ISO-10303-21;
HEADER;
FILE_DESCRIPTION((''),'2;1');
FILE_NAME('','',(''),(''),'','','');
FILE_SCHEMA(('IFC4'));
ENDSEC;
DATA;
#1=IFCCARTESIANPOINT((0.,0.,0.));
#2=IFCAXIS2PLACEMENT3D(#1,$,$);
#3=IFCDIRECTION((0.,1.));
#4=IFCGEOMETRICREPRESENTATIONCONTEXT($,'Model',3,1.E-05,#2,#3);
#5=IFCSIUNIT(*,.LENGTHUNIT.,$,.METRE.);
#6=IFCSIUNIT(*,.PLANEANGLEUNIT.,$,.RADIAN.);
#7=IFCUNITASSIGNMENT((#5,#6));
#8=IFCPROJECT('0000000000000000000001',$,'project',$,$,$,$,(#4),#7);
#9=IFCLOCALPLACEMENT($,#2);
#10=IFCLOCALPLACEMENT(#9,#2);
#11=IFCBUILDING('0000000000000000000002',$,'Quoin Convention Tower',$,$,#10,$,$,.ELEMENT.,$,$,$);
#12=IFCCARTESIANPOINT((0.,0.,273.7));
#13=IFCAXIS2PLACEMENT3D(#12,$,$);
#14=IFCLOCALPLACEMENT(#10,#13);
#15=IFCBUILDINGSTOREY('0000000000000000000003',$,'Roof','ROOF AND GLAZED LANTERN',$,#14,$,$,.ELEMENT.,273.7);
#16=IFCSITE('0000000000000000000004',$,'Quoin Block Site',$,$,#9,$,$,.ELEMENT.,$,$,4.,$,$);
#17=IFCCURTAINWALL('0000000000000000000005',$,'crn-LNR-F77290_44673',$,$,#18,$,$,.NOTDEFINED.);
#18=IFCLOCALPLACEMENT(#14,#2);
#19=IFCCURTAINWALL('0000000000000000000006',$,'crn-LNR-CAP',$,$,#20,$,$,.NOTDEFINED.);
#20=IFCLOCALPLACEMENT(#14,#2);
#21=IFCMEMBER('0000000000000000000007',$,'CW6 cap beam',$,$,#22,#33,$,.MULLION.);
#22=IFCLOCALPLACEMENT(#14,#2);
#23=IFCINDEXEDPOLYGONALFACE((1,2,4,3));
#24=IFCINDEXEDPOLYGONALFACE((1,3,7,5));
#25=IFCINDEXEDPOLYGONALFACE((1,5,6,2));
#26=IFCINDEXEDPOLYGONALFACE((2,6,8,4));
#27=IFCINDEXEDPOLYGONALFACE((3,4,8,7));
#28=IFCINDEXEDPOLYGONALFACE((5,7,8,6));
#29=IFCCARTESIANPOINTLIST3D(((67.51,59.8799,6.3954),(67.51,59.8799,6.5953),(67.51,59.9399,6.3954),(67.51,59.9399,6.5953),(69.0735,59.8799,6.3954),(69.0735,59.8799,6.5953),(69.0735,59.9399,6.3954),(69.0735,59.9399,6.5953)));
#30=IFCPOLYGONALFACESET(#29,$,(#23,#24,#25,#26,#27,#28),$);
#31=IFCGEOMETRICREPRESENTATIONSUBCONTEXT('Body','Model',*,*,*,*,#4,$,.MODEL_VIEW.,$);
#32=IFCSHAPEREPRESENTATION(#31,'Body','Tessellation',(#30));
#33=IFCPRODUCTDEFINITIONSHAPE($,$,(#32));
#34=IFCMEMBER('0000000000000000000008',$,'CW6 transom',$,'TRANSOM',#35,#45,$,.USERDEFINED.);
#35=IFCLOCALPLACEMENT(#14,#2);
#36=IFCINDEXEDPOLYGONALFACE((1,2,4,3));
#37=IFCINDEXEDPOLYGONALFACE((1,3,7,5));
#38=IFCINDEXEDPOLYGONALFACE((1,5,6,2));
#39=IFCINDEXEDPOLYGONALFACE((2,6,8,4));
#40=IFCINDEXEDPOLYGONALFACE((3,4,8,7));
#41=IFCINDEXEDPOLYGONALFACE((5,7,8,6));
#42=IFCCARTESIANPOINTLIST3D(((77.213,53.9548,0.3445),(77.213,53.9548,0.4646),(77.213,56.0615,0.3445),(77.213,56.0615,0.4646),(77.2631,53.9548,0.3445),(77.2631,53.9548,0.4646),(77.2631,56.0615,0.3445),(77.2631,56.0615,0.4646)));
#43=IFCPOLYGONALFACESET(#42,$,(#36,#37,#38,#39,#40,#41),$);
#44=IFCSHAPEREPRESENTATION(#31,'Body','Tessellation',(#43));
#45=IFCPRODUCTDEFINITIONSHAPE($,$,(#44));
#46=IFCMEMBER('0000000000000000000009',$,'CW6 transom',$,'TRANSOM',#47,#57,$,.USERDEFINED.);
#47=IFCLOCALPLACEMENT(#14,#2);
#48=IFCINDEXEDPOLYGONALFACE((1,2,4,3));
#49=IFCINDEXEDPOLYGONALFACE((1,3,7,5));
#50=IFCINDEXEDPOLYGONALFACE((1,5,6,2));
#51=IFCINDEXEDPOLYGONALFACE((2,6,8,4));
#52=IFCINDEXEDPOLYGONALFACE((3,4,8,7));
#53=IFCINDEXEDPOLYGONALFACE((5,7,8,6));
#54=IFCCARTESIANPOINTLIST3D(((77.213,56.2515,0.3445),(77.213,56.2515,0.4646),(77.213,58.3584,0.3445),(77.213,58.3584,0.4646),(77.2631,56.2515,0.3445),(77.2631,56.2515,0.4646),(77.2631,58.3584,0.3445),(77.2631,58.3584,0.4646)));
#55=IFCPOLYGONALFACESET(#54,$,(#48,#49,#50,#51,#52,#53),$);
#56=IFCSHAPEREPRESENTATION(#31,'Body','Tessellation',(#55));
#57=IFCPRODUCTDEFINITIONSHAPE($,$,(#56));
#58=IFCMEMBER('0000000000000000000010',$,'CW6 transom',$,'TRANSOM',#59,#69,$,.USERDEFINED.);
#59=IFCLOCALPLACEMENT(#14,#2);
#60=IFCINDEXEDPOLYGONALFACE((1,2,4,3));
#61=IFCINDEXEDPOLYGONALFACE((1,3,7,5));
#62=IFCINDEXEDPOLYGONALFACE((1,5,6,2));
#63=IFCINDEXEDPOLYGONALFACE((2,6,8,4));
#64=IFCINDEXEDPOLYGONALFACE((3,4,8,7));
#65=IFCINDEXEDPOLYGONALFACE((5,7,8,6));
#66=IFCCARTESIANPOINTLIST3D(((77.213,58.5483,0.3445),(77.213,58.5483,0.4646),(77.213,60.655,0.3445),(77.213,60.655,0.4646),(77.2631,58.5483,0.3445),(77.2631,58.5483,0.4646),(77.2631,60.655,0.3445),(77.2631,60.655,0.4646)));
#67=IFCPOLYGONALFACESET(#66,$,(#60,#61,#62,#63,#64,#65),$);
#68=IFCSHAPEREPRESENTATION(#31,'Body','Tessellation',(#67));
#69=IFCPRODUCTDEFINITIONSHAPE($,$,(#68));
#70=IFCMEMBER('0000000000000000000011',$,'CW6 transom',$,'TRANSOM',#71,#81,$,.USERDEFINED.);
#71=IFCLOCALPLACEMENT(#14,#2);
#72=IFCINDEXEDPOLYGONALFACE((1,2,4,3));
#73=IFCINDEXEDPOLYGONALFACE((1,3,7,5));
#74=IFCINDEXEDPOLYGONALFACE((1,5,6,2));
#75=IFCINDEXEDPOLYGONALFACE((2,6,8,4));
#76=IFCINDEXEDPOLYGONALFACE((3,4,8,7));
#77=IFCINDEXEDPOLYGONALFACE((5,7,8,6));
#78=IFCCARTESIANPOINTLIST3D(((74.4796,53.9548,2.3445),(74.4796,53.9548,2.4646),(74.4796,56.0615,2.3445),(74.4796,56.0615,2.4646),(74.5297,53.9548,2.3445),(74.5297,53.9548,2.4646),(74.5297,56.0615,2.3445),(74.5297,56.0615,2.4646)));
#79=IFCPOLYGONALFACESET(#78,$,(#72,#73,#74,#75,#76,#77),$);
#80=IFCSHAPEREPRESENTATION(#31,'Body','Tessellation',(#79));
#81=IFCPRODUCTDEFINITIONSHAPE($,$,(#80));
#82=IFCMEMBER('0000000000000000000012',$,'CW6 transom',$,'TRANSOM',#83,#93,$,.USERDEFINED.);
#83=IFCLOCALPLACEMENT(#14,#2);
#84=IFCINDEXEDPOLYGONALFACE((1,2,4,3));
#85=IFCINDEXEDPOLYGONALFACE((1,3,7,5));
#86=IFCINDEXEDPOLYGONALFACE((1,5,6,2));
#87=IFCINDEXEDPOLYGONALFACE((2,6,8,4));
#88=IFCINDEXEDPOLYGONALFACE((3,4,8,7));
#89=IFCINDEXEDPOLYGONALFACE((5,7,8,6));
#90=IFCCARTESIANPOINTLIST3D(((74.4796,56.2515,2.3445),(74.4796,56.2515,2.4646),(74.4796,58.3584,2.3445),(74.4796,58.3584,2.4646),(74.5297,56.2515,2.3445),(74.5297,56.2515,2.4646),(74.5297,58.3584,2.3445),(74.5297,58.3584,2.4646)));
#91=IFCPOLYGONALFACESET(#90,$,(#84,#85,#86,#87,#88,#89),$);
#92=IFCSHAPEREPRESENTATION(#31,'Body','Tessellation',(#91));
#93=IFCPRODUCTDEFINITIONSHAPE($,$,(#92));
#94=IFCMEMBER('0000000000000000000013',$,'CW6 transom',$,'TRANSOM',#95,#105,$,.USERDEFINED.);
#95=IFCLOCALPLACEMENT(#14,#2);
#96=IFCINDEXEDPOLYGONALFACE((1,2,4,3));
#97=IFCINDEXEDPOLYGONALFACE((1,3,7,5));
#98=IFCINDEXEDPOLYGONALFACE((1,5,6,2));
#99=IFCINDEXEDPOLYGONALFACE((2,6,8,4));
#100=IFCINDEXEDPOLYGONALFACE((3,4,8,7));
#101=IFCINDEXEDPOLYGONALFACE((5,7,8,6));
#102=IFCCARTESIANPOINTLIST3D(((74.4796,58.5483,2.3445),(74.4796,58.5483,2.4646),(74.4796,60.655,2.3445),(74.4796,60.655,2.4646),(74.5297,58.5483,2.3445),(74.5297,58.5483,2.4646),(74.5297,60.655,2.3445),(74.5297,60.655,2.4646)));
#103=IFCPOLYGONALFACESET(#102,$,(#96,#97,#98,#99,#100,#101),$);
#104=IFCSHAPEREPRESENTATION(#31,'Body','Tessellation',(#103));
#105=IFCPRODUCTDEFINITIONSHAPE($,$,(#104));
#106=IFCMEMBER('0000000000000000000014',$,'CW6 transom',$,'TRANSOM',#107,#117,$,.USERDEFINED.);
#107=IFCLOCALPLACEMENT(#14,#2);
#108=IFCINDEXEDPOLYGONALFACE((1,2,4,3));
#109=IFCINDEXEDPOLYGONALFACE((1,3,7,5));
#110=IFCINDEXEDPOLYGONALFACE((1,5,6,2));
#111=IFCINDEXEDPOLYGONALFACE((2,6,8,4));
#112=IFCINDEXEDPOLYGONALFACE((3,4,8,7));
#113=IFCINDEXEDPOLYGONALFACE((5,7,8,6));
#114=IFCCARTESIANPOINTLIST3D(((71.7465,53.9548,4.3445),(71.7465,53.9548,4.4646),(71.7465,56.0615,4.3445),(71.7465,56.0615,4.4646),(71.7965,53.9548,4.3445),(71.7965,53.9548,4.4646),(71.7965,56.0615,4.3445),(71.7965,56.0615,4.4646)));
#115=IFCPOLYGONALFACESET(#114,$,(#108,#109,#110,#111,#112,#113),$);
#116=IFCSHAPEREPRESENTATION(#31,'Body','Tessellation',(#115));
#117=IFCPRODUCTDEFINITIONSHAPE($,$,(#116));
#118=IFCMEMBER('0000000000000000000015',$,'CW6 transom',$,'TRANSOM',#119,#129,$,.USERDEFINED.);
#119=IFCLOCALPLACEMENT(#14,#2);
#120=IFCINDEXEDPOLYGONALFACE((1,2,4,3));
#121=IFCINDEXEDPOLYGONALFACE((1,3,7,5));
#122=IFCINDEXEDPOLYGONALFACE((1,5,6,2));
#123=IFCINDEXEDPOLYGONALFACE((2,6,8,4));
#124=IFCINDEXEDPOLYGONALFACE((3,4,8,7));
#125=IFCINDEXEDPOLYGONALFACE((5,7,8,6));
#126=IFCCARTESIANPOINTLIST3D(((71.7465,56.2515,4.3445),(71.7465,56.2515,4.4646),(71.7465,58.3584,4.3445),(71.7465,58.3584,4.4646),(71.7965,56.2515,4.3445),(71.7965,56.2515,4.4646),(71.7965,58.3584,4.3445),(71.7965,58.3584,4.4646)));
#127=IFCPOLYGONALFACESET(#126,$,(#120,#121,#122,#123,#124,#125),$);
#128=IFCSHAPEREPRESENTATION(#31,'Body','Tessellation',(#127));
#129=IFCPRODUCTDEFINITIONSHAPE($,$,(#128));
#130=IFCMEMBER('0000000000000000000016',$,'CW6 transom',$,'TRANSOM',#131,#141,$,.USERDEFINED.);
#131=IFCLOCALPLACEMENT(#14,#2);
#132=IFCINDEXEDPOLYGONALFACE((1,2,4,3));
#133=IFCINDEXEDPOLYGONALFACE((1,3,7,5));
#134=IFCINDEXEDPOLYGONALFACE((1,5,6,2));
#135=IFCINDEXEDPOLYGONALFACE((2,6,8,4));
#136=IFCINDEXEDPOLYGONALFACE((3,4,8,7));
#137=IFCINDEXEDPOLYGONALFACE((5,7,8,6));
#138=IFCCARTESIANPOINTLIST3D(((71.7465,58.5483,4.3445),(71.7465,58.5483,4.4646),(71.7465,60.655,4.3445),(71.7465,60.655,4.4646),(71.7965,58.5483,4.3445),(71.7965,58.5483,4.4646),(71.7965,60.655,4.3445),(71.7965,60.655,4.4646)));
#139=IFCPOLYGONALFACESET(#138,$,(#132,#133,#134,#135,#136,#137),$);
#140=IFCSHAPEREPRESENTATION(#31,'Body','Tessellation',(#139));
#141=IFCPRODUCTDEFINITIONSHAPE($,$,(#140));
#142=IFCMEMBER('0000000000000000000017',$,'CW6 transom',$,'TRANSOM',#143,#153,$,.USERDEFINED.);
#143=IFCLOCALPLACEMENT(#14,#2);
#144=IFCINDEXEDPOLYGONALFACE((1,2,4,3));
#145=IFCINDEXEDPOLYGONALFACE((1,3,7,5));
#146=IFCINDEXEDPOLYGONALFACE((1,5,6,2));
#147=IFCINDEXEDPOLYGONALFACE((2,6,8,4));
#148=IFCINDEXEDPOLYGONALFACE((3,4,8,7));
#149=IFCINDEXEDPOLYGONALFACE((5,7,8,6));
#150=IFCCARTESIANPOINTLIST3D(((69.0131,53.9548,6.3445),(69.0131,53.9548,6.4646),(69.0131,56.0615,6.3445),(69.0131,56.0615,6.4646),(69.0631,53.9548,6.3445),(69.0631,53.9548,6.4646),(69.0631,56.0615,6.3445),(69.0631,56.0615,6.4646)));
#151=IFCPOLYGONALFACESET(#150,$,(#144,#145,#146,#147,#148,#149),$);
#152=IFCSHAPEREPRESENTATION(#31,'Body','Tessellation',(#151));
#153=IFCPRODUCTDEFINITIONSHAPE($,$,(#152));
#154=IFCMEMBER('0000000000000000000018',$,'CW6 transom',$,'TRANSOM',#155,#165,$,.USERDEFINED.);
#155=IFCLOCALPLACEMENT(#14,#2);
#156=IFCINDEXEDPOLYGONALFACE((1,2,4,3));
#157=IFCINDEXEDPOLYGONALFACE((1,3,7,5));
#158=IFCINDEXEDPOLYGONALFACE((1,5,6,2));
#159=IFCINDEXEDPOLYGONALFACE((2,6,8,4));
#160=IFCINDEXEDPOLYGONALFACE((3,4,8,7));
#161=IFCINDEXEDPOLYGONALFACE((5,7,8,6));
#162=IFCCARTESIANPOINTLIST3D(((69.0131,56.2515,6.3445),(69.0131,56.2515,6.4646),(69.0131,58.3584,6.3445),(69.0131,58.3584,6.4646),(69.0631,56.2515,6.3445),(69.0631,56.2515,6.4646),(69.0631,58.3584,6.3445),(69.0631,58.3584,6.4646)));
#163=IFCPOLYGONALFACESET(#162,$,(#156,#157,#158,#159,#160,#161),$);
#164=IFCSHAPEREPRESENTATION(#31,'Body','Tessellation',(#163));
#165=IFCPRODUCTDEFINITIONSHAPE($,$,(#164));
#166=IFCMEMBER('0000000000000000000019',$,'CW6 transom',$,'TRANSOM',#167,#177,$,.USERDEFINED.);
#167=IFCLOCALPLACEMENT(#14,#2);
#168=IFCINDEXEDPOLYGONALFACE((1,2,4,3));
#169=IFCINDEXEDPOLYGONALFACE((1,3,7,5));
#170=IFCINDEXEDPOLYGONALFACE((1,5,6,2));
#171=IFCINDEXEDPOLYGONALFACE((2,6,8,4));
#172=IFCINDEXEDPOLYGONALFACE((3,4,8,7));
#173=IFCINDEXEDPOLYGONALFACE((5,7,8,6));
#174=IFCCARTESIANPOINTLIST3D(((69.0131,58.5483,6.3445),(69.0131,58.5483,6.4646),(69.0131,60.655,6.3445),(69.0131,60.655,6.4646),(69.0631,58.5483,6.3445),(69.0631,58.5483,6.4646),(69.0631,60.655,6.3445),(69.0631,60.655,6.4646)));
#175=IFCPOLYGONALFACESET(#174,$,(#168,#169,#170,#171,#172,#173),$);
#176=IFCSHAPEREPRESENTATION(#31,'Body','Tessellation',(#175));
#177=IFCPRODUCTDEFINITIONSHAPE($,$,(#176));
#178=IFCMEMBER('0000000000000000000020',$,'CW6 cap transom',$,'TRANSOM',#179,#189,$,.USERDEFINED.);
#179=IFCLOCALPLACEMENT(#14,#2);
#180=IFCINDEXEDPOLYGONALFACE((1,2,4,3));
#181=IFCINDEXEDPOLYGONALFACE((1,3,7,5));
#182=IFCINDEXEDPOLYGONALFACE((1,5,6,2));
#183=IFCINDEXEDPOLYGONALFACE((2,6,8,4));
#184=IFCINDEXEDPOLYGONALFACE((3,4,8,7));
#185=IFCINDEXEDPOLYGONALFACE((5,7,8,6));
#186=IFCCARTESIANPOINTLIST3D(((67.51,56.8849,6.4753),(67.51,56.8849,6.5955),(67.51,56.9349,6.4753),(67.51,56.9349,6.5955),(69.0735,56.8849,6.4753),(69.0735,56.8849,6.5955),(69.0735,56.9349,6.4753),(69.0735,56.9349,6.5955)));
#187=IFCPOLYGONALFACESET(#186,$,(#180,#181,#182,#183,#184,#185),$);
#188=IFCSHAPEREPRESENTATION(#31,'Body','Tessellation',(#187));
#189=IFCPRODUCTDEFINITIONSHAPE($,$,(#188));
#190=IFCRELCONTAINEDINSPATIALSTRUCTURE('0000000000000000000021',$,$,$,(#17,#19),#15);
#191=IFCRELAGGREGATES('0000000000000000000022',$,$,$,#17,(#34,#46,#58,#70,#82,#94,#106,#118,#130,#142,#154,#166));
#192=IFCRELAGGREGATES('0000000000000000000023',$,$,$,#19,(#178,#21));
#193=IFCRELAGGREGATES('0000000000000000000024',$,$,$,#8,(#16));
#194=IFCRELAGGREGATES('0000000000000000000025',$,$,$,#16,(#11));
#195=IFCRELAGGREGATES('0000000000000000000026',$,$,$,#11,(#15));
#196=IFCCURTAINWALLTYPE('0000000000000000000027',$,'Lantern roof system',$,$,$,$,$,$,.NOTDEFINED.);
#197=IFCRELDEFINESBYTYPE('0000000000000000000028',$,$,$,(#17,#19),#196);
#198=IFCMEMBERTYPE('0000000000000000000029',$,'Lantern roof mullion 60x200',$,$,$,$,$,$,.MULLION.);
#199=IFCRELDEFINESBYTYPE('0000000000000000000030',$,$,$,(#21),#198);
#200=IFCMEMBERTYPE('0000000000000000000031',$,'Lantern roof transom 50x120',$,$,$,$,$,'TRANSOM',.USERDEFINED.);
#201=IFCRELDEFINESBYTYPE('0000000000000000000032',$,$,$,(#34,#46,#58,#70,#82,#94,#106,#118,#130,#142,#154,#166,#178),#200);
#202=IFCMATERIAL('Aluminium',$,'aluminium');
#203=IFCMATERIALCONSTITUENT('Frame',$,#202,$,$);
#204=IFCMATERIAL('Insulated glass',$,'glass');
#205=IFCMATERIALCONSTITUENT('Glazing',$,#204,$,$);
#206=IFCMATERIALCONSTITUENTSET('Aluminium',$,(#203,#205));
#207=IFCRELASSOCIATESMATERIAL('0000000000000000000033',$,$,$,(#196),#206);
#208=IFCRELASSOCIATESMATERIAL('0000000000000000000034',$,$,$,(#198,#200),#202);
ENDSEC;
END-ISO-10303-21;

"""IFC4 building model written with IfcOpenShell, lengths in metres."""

from ifc_helpers import new_model, si_unit, direction, frame, origin, origin_2d, place, context, subcontext, project, spatial, rectangle, extrude, material, constituent, constituent_set, material_profile, profile_set, type_object, element, aggregate, save


model = new_model("IFC4")

# Units and contexts
model_context = context("Model", 3, precision=1e-05, world=origin(), true_north=direction((0.0, 1.0)))
body_context = subcontext(model_context, "Body", "Model", "MODEL_VIEW")
ifc_project = project(units=[si_unit("LENGTHUNIT", "METRE"), si_unit("PLANEANGLEUNIT", "RADIAN")], contexts=[model_context])

# Site, building, storey
site_placement = place(None, origin())
site = spatial("IfcSite", under=ifc_project, at=site_placement, Name="Quoin Block Site", CompositionType="ELEMENT", RefElevation=4.0)
building_placement = place(site_placement, origin())
building = spatial("IfcBuilding", under=site, at=building_placement, Name="Quoin Convention Tower", CompositionType="ELEMENT")
storey_placement = place(building_placement, frame((0.0, 0.0, 273.7)))
storey = spatial("IfcBuildingStorey", under=building, at=storey_placement, Name="Roof", Description="ROOF AND GLAZED LANTERN", CompositionType="ELEMENT", Elevation=273.7)

# Curtain wall
ifc_material_1 = material(Name="Aluminium", Category="aluminium")
ifc_constituent_1 = constituent(ifc_material_1, Name="Frame")
ifc_material_2 = material(Name="Insulated glass", Category="glass")
ifc_constituent_2 = constituent(ifc_material_2, Name="Glazing")
ifc_constituent_set = constituent_set(constituents=[ifc_constituent_1, ifc_constituent_2], Name="Aluminium")
curtain_wall_type = type_object("IfcCurtainWallType", Name="Lantern roof system", PredefinedType="NOTDEFINED", material=ifc_constituent_set)
curtain_wall_1_placement = place(storey_placement, origin())
curtain_wall_1 = element("IfcCurtainWall", 1, at=curtain_wall_1_placement, inside=storey, type_object=curtain_wall_type, Name="crn-LNR-F77290_44673", PredefinedType="NOTDEFINED")

# Curtain wall, member
curtain_wall_2_placement = place(storey_placement, origin())
curtain_wall_2 = element("IfcCurtainWall", 2, at=curtain_wall_2_placement, inside=storey, type_object=curtain_wall_type, Name="crn-LNR-CAP", PredefinedType="NOTDEFINED")
ifc_material_profile_1 = material_profile(ifc_material_1, rectangle(XDim=0.2, YDim=0.0601, at=origin_2d()), Name="Lantern roof mullion 60x200")
ifc_profile_set_1 = profile_set([ifc_material_profile_1], Name="Aluminium")
member_type_1 = type_object("IfcMemberType", Name="Lantern roof mullion 60x200", PredefinedType="MULLION", material=ifc_profile_set_1)
member_1_placement = place(storey_placement, frame((67.51, 59.9099, 6.4954), z_axis=(1.0, 0.0, 0.0), x_axis=(0.0, 0.0, 1.0)))
member_1 = element("IfcMember", 3, at=member_1_placement, type_object=member_type_1, Name="CW6 cap beam", PredefinedType="MULLION", context=body_context, shape_type="SweptSolid", body=[
    extrude(rectangle(XDim=0.2, YDim=0.0601, at=origin_2d()), origin(), (0.0, 0.0, 1.0), 1.5635),
])

# Members
ifc_material_profile_2 = material_profile(ifc_material_1, rectangle(XDim=0.1201, YDim=0.05, at=origin_2d()), Name="Lantern roof transom 50x120")
ifc_profile_set_2 = profile_set([ifc_material_profile_2], Name="Aluminium")
member_type_2 = type_object("IfcMemberType", Name="Lantern roof transom 50x120", ElementType="TRANSOM", PredefinedType="USERDEFINED", material=ifc_profile_set_2)
member_2_placement = place(storey_placement, frame((77.238, 53.9548, 0.4045), z_axis=(0.0, 1.0, 0.0), x_axis=(0.0, 0.0, 1.0)))
member_2 = element("IfcMember", 4, at=member_2_placement, type_object=member_type_2, Name="CW6 transom", ObjectType="TRANSOM", PredefinedType="USERDEFINED", context=body_context, shape_type="SweptSolid", body=[
    extrude(rectangle(XDim=0.1201, YDim=0.05, at=origin_2d()), origin(), (0.0, 0.0, 1.0), 2.1067),
])
member_3_placement = place(storey_placement, frame((77.238, 56.2515, 0.4045), z_axis=(0.0, 1.0, 0.0), x_axis=(0.0, 0.0, 1.0)))
member_3 = element("IfcMember", 5, at=member_3_placement, type_object=member_type_2, Name="CW6 transom", ObjectType="TRANSOM", PredefinedType="USERDEFINED", context=body_context, shape_type="SweptSolid", body=[
    extrude(rectangle(XDim=0.1201, YDim=0.05, at=origin_2d()), origin(), (0.0, 0.0, 1.0), 2.1069),
])
member_4_placement = place(storey_placement, frame((77.238, 58.5483, 0.4045), z_axis=(0.0, 1.0, 0.0), x_axis=(0.0, 0.0, 1.0)))
member_4 = element("IfcMember", 6, at=member_4_placement, type_object=member_type_2, Name="CW6 transom", ObjectType="TRANSOM", PredefinedType="USERDEFINED", context=body_context, shape_type="SweptSolid", body=[
    extrude(rectangle(XDim=0.1201, YDim=0.05, at=origin_2d()), origin(), (0.0, 0.0, 1.0), 2.1067),
])
member_5_placement = place(storey_placement, frame((74.5046, 53.9548, 2.4045), z_axis=(0.0, 1.0, 0.0), x_axis=(0.0, 0.0, 1.0)))
member_5 = element("IfcMember", 7, at=member_5_placement, type_object=member_type_2, Name="CW6 transom", ObjectType="TRANSOM", PredefinedType="USERDEFINED", context=body_context, shape_type="SweptSolid", body=[
    extrude(rectangle(XDim=0.1201, YDim=0.05, at=origin_2d()), origin(), (0.0, 0.0, 1.0), 2.1067),
])
member_6_placement = place(storey_placement, frame((74.5046, 56.2515, 2.4045), z_axis=(0.0, 1.0, 0.0), x_axis=(0.0, 0.0, 1.0)))
member_6 = element("IfcMember", 8, at=member_6_placement, type_object=member_type_2, Name="CW6 transom", ObjectType="TRANSOM", PredefinedType="USERDEFINED", context=body_context, shape_type="SweptSolid", body=[
    extrude(rectangle(XDim=0.1201, YDim=0.05, at=origin_2d()), origin(), (0.0, 0.0, 1.0), 2.1069),
])
member_7_placement = place(storey_placement, frame((74.5046, 58.5483, 2.4045), z_axis=(0.0, 1.0, 0.0), x_axis=(0.0, 0.0, 1.0)))
member_7 = element("IfcMember", 9, at=member_7_placement, type_object=member_type_2, Name="CW6 transom", ObjectType="TRANSOM", PredefinedType="USERDEFINED", context=body_context, shape_type="SweptSolid", body=[
    extrude(rectangle(XDim=0.1201, YDim=0.05, at=origin_2d()), origin(), (0.0, 0.0, 1.0), 2.1067),
])
member_8_placement = place(storey_placement, frame((71.7715, 53.9548, 4.4045), z_axis=(0.0, 1.0, 0.0), x_axis=(0.0, 0.0, 1.0)))
member_8 = element("IfcMember", 10, at=member_8_placement, type_object=member_type_2, Name="CW6 transom", ObjectType="TRANSOM", PredefinedType="USERDEFINED", context=body_context, shape_type="SweptSolid", body=[
    extrude(rectangle(XDim=0.1201, YDim=0.05, at=origin_2d()), origin(), (0.0, 0.0, 1.0), 2.1067),
])
member_9_placement = place(storey_placement, frame((71.7715, 56.2515, 4.4045), z_axis=(0.0, 1.0, 0.0), x_axis=(0.0, 0.0, 1.0)))
member_9 = element("IfcMember", 11, at=member_9_placement, type_object=member_type_2, Name="CW6 transom", ObjectType="TRANSOM", PredefinedType="USERDEFINED", context=body_context, shape_type="SweptSolid", body=[
    extrude(rectangle(XDim=0.1201, YDim=0.05, at=origin_2d()), origin(), (0.0, 0.0, 1.0), 2.1069),
])
member_10_placement = place(storey_placement, frame((71.7715, 58.5483, 4.4045), z_axis=(0.0, 1.0, 0.0), x_axis=(0.0, 0.0, 1.0)))
member_10 = element("IfcMember", 12, at=member_10_placement, type_object=member_type_2, Name="CW6 transom", ObjectType="TRANSOM", PredefinedType="USERDEFINED", context=body_context, shape_type="SweptSolid", body=[
    extrude(rectangle(XDim=0.1201, YDim=0.05, at=origin_2d()), origin(), (0.0, 0.0, 1.0), 2.1067),
])
member_11_placement = place(storey_placement, frame((69.0381, 53.9548, 6.4045), z_axis=(0.0, 1.0, 0.0), x_axis=(0.0, 0.0, 1.0)))
member_11 = element("IfcMember", 13, at=member_11_placement, type_object=member_type_2, Name="CW6 transom", ObjectType="TRANSOM", PredefinedType="USERDEFINED", context=body_context, shape_type="SweptSolid", body=[
    extrude(rectangle(XDim=0.1201, YDim=0.05, at=origin_2d()), origin(), (0.0, 0.0, 1.0), 2.1067),
])
member_12_placement = place(storey_placement, frame((69.0381, 56.2515, 6.4045), z_axis=(0.0, 1.0, 0.0), x_axis=(0.0, 0.0, 1.0)))
member_12 = element("IfcMember", 14, at=member_12_placement, type_object=member_type_2, Name="CW6 transom", ObjectType="TRANSOM", PredefinedType="USERDEFINED", context=body_context, shape_type="SweptSolid", body=[
    extrude(rectangle(XDim=0.1201, YDim=0.05, at=origin_2d()), origin(), (0.0, 0.0, 1.0), 2.1069),
])
member_13_placement = place(storey_placement, frame((69.0381, 58.5483, 6.4045), z_axis=(0.0, 1.0, 0.0), x_axis=(0.0, 0.0, 1.0)))
member_13 = element("IfcMember", 15, at=member_13_placement, type_object=member_type_2, Name="CW6 transom", ObjectType="TRANSOM", PredefinedType="USERDEFINED", context=body_context, shape_type="SweptSolid", body=[
    extrude(rectangle(XDim=0.1201, YDim=0.05, at=origin_2d()), origin(), (0.0, 0.0, 1.0), 2.1067),
])
member_14_placement = place(storey_placement, frame((67.51, 56.9099, 6.5354), z_axis=(1.0, 0.0, 0.0), x_axis=(0.0, 0.0, 1.0)))
member_14 = element("IfcMember", 16, at=member_14_placement, type_object=member_type_2, Name="CW6 cap transom", ObjectType="TRANSOM", PredefinedType="USERDEFINED", context=body_context, shape_type="SweptSolid", body=[
    extrude(rectangle(XDim=0.1201, YDim=0.05, at=origin_2d()), origin(), (0.0, 0.0, 1.0), 1.5635),
])

aggregate(curtain_wall_1, [member_2, member_3, member_4, member_5, member_6, member_7, member_8, member_9, member_10, member_11, member_12, member_13])
aggregate(curtain_wall_2, [member_14, member_1])

save(model, "model.ifc")
